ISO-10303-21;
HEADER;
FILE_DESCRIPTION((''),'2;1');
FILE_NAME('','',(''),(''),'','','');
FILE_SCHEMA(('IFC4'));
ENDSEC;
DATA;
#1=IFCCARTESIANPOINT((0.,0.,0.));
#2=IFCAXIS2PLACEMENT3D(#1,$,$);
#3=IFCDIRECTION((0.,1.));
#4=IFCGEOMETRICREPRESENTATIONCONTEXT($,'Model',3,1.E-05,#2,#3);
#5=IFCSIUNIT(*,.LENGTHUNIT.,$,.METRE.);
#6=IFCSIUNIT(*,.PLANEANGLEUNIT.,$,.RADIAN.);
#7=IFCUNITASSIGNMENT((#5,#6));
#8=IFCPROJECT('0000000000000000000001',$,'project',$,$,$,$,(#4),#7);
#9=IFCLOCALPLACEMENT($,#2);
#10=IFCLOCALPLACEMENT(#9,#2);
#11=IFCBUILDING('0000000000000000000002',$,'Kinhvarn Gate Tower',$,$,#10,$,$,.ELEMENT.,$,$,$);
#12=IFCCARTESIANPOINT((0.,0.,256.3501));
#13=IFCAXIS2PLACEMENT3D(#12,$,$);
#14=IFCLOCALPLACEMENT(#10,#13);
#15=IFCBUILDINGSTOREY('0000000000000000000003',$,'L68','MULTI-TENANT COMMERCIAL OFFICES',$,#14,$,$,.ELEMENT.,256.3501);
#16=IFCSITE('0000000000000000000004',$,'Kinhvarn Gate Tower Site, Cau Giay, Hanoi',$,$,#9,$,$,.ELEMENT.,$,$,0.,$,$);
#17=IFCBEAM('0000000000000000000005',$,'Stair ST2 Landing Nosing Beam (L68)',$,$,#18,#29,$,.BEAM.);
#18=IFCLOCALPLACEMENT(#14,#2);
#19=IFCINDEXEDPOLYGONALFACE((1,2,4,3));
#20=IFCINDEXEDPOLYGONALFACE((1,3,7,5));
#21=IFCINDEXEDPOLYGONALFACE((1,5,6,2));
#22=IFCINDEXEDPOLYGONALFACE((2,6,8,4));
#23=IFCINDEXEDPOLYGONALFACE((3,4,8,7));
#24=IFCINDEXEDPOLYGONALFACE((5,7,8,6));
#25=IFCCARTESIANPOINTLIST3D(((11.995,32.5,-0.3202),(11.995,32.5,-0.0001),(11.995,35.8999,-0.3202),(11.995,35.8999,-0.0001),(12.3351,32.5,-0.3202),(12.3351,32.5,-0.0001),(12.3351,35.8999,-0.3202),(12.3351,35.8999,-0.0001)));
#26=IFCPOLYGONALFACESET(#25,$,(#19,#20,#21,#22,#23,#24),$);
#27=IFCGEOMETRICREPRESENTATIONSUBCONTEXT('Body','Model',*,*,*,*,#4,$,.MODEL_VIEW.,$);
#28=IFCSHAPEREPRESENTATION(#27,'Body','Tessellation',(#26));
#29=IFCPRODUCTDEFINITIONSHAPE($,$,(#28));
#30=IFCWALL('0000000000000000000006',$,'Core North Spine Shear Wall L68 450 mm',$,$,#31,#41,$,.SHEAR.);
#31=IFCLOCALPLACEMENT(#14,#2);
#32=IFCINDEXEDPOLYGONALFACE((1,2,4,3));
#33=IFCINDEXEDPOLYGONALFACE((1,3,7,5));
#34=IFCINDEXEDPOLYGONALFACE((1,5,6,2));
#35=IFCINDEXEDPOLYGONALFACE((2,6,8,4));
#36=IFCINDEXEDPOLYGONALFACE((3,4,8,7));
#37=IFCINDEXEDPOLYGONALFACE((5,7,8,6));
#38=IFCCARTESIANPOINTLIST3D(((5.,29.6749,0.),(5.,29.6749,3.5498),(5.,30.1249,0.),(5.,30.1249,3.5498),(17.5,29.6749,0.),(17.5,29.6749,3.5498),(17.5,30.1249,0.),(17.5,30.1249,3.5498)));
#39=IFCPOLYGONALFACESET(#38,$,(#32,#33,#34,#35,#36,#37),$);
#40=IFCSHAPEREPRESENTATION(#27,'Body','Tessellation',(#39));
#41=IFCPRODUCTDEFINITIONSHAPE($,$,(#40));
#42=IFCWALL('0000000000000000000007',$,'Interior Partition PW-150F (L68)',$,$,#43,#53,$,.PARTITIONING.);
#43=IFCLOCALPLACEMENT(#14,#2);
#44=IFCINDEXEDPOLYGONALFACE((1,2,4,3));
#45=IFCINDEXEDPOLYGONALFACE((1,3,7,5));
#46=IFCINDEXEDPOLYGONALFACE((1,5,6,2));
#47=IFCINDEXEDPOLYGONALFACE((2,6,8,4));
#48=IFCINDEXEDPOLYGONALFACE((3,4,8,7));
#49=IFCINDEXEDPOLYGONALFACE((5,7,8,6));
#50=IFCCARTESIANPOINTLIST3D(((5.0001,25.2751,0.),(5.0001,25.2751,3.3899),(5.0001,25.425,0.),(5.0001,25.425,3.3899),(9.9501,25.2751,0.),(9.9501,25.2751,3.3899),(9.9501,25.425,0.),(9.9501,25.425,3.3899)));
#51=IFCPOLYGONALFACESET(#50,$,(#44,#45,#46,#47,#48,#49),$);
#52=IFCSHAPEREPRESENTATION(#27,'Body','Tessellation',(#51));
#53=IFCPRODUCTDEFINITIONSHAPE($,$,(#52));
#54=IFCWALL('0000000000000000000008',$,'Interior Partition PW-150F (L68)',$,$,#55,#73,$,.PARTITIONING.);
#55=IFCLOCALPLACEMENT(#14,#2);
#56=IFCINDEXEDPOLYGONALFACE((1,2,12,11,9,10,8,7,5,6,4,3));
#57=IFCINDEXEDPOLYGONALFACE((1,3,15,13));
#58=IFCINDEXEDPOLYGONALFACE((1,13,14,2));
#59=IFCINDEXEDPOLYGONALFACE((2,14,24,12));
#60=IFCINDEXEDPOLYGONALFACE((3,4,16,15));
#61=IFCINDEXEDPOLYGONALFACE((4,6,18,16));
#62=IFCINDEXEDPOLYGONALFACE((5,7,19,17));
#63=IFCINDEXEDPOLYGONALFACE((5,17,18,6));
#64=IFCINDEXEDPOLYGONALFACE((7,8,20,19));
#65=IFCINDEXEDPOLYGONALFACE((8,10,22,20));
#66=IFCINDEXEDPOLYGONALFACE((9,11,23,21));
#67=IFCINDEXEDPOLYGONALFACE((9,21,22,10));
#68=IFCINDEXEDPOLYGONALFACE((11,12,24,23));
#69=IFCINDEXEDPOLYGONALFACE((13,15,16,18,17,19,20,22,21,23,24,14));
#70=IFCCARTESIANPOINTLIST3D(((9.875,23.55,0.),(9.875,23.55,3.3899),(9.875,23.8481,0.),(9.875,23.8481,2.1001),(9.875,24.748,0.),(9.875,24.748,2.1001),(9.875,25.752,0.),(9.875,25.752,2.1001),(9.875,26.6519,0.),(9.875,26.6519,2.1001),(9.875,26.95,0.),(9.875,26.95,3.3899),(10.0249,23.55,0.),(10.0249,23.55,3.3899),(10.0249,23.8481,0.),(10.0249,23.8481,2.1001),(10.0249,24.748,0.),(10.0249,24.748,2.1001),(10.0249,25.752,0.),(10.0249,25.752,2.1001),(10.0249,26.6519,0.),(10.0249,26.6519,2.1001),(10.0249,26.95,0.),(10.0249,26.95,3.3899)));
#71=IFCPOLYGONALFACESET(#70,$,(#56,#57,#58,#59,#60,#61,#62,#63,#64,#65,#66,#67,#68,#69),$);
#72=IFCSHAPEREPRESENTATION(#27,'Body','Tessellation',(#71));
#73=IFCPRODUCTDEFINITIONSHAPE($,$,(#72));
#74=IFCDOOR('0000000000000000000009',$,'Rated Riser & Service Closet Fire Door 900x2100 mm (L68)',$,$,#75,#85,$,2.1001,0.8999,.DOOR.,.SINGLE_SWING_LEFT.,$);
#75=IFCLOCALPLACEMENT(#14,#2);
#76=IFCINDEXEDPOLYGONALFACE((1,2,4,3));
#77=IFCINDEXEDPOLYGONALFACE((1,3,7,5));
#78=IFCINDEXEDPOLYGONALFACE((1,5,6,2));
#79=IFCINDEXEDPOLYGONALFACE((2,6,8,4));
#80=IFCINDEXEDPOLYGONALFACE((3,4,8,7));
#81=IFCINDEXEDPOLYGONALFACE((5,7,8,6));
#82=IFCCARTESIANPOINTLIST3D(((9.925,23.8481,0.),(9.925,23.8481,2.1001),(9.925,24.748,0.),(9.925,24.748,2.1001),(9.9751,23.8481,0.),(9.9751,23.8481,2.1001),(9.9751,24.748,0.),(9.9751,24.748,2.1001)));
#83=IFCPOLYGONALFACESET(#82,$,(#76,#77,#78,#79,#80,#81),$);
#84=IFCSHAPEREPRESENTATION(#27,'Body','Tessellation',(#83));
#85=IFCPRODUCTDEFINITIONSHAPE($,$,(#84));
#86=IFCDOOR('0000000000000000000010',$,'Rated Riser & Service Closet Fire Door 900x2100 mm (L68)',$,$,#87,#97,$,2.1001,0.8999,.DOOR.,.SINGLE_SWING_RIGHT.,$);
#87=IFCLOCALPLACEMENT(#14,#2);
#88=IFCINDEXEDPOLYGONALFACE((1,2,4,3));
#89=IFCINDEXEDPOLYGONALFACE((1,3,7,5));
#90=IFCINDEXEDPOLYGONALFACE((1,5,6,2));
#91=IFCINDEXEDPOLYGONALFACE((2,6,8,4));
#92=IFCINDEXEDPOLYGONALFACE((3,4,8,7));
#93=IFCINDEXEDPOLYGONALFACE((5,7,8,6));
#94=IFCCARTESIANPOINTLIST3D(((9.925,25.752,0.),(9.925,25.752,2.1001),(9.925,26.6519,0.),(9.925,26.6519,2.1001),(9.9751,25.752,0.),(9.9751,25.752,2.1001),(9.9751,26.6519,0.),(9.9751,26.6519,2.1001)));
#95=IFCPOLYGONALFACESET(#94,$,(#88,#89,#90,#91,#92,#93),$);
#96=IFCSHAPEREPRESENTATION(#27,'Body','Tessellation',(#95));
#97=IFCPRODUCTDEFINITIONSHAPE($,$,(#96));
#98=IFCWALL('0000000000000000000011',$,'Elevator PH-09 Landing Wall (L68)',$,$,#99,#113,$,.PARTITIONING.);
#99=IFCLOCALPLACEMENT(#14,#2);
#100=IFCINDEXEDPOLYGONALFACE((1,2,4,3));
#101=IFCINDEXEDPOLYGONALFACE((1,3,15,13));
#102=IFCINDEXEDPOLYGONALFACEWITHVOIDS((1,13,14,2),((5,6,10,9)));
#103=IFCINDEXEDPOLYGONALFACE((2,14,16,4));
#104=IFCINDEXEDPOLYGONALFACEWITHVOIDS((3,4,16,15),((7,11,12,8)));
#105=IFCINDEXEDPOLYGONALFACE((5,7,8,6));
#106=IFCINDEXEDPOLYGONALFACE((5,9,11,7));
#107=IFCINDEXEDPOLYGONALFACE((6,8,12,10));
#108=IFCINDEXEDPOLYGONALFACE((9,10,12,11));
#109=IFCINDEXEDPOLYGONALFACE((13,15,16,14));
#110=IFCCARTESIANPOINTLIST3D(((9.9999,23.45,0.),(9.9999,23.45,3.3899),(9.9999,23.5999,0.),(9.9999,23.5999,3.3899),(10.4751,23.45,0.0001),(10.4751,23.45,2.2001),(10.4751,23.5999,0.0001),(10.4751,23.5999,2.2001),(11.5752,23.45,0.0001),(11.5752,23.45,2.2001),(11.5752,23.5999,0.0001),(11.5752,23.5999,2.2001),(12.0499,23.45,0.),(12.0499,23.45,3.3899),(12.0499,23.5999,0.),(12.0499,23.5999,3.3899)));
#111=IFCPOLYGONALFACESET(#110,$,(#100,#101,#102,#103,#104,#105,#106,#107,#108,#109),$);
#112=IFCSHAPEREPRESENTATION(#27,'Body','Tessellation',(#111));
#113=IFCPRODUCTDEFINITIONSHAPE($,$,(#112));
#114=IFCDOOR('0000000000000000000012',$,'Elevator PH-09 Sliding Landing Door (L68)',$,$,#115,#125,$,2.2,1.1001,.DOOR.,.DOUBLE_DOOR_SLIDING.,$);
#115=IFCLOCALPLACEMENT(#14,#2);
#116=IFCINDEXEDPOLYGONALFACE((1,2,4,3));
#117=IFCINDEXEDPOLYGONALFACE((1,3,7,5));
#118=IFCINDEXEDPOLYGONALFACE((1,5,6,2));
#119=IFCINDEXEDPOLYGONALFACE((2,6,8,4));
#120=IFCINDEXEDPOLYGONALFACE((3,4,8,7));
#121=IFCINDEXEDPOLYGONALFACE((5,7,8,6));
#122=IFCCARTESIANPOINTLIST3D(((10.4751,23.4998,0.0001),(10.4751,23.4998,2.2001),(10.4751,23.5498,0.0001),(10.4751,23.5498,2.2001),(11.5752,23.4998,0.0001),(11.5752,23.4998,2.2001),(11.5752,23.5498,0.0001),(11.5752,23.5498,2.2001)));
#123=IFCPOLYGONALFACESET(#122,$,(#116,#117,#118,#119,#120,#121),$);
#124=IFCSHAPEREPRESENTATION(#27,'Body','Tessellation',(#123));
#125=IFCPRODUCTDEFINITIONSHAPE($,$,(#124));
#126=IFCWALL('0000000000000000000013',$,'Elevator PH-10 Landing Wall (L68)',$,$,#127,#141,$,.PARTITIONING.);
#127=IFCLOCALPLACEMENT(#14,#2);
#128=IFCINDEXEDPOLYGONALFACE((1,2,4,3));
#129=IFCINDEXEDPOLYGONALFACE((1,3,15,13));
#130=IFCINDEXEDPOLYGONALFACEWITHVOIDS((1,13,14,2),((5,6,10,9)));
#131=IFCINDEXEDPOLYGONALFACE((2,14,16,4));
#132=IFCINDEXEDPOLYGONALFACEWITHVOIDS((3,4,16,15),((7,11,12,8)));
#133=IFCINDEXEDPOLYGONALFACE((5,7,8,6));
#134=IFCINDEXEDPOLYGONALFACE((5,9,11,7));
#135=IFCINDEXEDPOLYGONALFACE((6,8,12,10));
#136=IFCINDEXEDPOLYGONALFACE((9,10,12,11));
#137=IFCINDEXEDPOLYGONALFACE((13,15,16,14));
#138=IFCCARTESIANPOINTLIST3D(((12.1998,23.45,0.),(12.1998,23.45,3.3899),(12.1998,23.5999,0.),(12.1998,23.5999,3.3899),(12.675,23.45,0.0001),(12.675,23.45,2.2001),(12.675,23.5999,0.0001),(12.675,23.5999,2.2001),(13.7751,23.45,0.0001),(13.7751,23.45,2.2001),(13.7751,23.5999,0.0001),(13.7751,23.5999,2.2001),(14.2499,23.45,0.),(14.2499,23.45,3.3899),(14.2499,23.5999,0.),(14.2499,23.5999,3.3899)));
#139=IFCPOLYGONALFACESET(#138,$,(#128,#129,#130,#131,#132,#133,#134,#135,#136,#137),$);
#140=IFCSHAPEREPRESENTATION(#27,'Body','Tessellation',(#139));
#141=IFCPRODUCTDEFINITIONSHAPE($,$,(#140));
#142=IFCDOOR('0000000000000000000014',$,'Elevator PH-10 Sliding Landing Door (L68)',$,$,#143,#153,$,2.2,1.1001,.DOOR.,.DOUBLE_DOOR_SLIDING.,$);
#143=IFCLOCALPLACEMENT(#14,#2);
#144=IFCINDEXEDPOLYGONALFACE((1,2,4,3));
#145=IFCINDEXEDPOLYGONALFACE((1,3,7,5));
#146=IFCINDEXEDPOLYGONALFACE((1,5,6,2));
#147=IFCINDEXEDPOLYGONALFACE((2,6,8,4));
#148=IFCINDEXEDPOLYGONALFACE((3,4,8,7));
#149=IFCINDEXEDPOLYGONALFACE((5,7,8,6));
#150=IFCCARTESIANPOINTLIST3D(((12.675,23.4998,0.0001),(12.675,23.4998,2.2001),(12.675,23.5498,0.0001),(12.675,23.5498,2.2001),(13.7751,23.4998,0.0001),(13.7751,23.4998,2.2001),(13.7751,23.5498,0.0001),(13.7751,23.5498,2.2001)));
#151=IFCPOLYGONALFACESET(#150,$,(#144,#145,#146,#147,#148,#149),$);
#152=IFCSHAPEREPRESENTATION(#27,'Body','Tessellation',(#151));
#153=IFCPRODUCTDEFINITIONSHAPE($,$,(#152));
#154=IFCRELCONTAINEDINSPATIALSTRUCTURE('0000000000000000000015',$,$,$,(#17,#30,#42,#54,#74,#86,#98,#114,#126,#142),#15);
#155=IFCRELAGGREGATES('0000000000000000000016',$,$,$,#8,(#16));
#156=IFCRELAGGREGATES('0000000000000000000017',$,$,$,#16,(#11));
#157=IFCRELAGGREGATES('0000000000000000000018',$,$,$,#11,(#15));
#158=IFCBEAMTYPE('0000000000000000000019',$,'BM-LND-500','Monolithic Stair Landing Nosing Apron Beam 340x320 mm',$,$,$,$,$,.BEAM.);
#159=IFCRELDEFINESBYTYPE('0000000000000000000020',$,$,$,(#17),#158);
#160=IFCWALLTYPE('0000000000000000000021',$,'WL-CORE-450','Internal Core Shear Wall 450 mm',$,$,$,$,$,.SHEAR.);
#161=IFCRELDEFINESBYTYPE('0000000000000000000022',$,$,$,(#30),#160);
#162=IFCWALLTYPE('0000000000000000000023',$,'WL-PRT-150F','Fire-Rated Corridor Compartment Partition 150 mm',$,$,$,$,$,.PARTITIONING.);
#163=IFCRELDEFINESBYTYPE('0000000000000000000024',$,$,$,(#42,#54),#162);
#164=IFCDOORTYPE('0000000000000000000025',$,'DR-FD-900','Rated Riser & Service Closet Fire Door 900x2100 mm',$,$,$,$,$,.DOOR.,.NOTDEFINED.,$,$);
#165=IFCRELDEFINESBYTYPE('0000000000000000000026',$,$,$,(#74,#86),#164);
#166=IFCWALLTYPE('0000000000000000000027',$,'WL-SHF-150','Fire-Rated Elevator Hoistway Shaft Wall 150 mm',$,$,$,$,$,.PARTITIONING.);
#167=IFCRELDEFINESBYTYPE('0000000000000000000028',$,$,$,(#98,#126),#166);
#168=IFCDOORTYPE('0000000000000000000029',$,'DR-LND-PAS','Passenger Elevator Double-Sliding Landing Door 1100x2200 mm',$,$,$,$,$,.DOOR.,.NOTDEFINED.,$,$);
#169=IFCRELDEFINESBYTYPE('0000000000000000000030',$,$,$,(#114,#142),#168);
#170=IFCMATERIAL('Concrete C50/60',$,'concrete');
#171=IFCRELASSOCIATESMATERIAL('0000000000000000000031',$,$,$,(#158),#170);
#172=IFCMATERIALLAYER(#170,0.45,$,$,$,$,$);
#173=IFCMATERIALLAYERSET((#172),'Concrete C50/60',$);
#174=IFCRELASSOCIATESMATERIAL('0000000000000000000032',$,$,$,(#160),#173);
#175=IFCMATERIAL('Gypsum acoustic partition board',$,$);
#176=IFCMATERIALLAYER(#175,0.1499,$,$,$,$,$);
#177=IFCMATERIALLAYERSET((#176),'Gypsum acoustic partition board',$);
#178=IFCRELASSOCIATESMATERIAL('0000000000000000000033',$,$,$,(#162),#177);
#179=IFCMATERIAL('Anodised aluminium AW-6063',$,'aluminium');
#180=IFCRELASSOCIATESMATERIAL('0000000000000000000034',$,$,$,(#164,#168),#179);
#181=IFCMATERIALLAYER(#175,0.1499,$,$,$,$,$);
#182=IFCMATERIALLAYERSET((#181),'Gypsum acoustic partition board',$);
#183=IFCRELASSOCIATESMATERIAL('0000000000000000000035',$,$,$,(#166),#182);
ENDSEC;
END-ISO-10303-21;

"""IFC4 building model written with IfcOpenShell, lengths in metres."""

from ifc_helpers import new_model, si_unit, direction, frame, frame_2d, origin, origin_2d, place, context, subcontext, project, spatial, rectangle, extrude, material, layer, layer_set, material_profile, profile_set, type_object, element, fill, save


model = new_model("IFC4")

# Units and contexts
model_context = context("Model", 3, precision=1e-05, world=origin(), true_north=direction((0.0, 1.0)))
body_context = subcontext(model_context, "Body", "Model", "MODEL_VIEW")
ifc_project = project(units=[si_unit("LENGTHUNIT", "METRE"), si_unit("PLANEANGLEUNIT", "RADIAN")], contexts=[model_context])

# Site, building, storey
site_placement = place(None, origin())
site = spatial("IfcSite", under=ifc_project, at=site_placement, Name="Kinhvarn Gate Tower Site, Cau Giay, Hanoi", CompositionType="ELEMENT", RefElevation=0.0)
building_placement = place(site_placement, origin())
building = spatial("IfcBuilding", under=site, at=building_placement, Name="Kinhvarn Gate Tower", CompositionType="ELEMENT")
storey_placement = place(building_placement, frame((0.0, 0.0, 256.3501)))
storey = spatial("IfcBuildingStorey", under=building, at=storey_placement, Name="L68", Description="MULTI-TENANT COMMERCIAL OFFICES", CompositionType="ELEMENT", Elevation=256.3501)

# Beam
ifc_material_1 = material(Name="Concrete C50/60", Category="concrete")
ifc_material_profile = material_profile(ifc_material_1, rectangle(XDim=0.3401, YDim=0.3201, at=origin_2d()), Name="RC 340x320")
ifc_profile_set = profile_set([ifc_material_profile], Name="Concrete C50/60")
beam_type = type_object("IfcBeamType", Name="BM-LND-500", Description="Monolithic Stair Landing Nosing Apron Beam 340x320 mm", PredefinedType="BEAM", material=ifc_profile_set)
beam_placement = place(storey_placement, frame((12.165, 32.5, -0.1602), z_axis=(0.0, 1.0, 0.0), x_axis=(-1.0, 0.0, 0.0)))
element("IfcBeam", 1, at=beam_placement, inside=storey, type_object=beam_type, Name="Stair ST2 Landing Nosing Beam (L68)", PredefinedType="BEAM", context=body_context, shape_type="SweptSolid", body=[
    extrude(rectangle(XDim=0.3401, YDim=0.3201, at=origin_2d()), origin(), (0.0, 0.0, 1.0), 3.3999),
])

# Walls
ifc_layer_1 = layer(ifc_material_1, 0.45)
ifc_layer_set_1 = layer_set([ifc_layer_1], Name="Concrete C50/60")
wall_type_1 = type_object("IfcWallType", Name="WL-CORE-450", Description="Internal Core Shear Wall 450 mm", PredefinedType="SHEAR", material=ifc_layer_set_1)
wall_1_placement = place(storey_placement, frame((5.0, 29.8999, 0.0), z_axis=(0.0, 0.0, 1.0), x_axis=(1.0, 0.0, 0.0)))
element("IfcWall", 2, at=wall_1_placement, inside=storey, type_object=wall_type_1, Name="Core North Spine Shear Wall L68 450 mm", PredefinedType="SHEAR", context=body_context, shape_type="SweptSolid", body=[
    extrude(rectangle(XDim=12.5, YDim=0.45, at=frame_2d((6.25, 0.0))), origin(), (0.0, 0.0, 1.0), 3.5498),
])
ifc_material_2 = material(Name="Gypsum acoustic partition board")
ifc_layer_2 = layer(ifc_material_2, 0.1499)
ifc_layer_set_2 = layer_set([ifc_layer_2], Name="Gypsum acoustic partition board")
wall_type_2 = type_object("IfcWallType", Name="WL-PRT-150F", Description="Fire-Rated Corridor Compartment Partition 150 mm", PredefinedType="PARTITIONING", material=ifc_layer_set_2)
wall_2_placement = place(storey_placement, frame((5.0, 25.3501, 0.0), z_axis=(0.0, 0.0, 1.0), x_axis=(1.0, 0.0, 0.0)))
element("IfcWall", 3, at=wall_2_placement, inside=storey, type_object=wall_type_2, Name="Interior Partition PW-150F (L68)", PredefinedType="PARTITIONING", context=body_context, shape_type="SweptSolid", body=[
    extrude(rectangle(XDim=4.95, YDim=0.1499, at=frame_2d((2.4751, 0.0))), origin(), (0.0, 0.0, 1.0), 3.3899),
])

# Wall, openings, doors
wall_3_placement = place(storey_placement, frame((9.95, 23.55, 0.0), z_axis=(0.0, 0.0, 1.0), x_axis=(0.0, 1.0, 0.0)))
wall_3 = element("IfcWall", 4, at=wall_3_placement, inside=storey, type_object=wall_type_2, Name="Interior Partition PW-150F (L68)", PredefinedType="PARTITIONING", context=body_context, shape_type="SweptSolid", body=[
    extrude(rectangle(XDim=3.3999, YDim=0.1499, at=frame_2d((1.7, 0.0))), origin(), (0.0, 0.0, 1.0), 3.3899),
])
opening_1_placement = place(wall_3_placement, frame((0.2981, 0.0, 0.0)))
opening_1 = element("IfcOpeningElement", 5, at=opening_1_placement, cuts=wall_3, PredefinedType="OPENING", context=body_context, shape_type="SweptSolid", body=[
    extrude(rectangle(XDim=0.8999, YDim=2.1001, at=frame_2d((0.45, 1.05))), frame((0.0, 0.085, 0.0), z_axis=(0.0, -1.0, 0.0), x_axis=(1.0, 0.0, 0.0)), (0.0, 0.0, 1.0), 0.1699),
])
opening_2_placement = place(wall_3_placement, frame((2.2019, 0.0, 0.0)))
opening_2 = element("IfcOpeningElement", 6, at=opening_2_placement, cuts=wall_3, PredefinedType="OPENING", context=body_context, shape_type="SweptSolid", body=[
    extrude(rectangle(XDim=0.8999, YDim=2.1001, at=frame_2d((0.45, 1.05))), frame((0.0, 0.085, 0.0), z_axis=(0.0, -1.0, 0.0), x_axis=(1.0, 0.0, 0.0)), (0.0, 0.0, 1.0), 0.1699),
])
ifc_material_3 = material(Name="Anodised aluminium AW-6063", Category="aluminium")
door_type_1 = type_object("IfcDoorType", Name="DR-FD-900", Description="Rated Riser & Service Closet Fire Door 900x2100 mm", OperationType="NOTDEFINED", PredefinedType="DOOR", material=ifc_material_3)
door_1_placement = place(opening_1_placement, origin())
door_1 = element("IfcDoor", 7, at=door_1_placement, inside=storey, type_object=door_type_1, Name="Rated Riser & Service Closet Fire Door 900x2100 mm (L68)", OperationType="SINGLE_SWING_LEFT", OverallHeight=2.1001, OverallWidth=0.8999, PredefinedType="DOOR", context=body_context, shape_type="SweptSolid", body=[
    extrude(rectangle(XDim=0.8999, YDim=2.1001, at=frame_2d((0.45, 1.05))), frame((0.0, 0.0249, 0.0), z_axis=(0.0, -1.0, 0.0), x_axis=(1.0, 0.0, 0.0)), (0.0, 0.0, 1.0), 0.05),
])
fill(opening_1, door_1)
door_2_placement = place(opening_2_placement, origin())
door_2 = element("IfcDoor", 8, at=door_2_placement, inside=storey, type_object=door_type_1, Name="Rated Riser & Service Closet Fire Door 900x2100 mm (L68)", OperationType="SINGLE_SWING_RIGHT", OverallHeight=2.1001, OverallWidth=0.8999, PredefinedType="DOOR", context=body_context, shape_type="SweptSolid", body=[
    extrude(rectangle(XDim=0.8999, YDim=2.1001, at=frame_2d((0.45, 1.05))), frame((0.0, 0.0249, 0.0), z_axis=(0.0, -1.0, 0.0), x_axis=(1.0, 0.0, 0.0)), (0.0, 0.0, 1.0), 0.05),
])
fill(opening_2, door_2)

# Walls, openings, doors
ifc_layer_3 = layer(ifc_material_2, 0.1499)
ifc_layer_set_3 = layer_set([ifc_layer_3], Name="Gypsum acoustic partition board")
wall_type_3 = type_object("IfcWallType", Name="WL-SHF-150", Description="Fire-Rated Elevator Hoistway Shaft Wall 150 mm", PredefinedType="PARTITIONING", material=ifc_layer_set_3)
wall_4_placement = place(storey_placement, frame((10.0, 23.5249, 0.0), z_axis=(0.0, 0.0, 1.0), x_axis=(1.0, 0.0, 0.0)))
wall_4 = element("IfcWall", 9, at=wall_4_placement, inside=storey, type_object=wall_type_3, Name="Elevator PH-09 Landing Wall (L68)", PredefinedType="PARTITIONING", context=body_context, shape_type="SweptSolid", body=[
    extrude(rectangle(XDim=2.05, YDim=0.1499, at=frame_2d((1.0249, 0.0))), origin(), (0.0, 0.0, 1.0), 3.3899),
])
opening_3_placement = place(wall_4_placement, frame((0.4751, 0.0, 0.0)))
opening_3 = element("IfcOpeningElement", 10, at=opening_3_placement, cuts=wall_4, PredefinedType="OPENING", context=body_context, shape_type="SweptSolid", body=[
    extrude(rectangle(XDim=1.1001, YDim=2.2, at=frame_2d((0.55, 1.1001))), frame((0.0, 0.085, 0.0), z_axis=(0.0, -1.0, 0.0), x_axis=(1.0, 0.0, 0.0)), (0.0, 0.0, 1.0), 0.1699),
])
door_type_2 = type_object("IfcDoorType", Name="DR-LND-PAS", Description="Passenger Elevator Double-Sliding Landing Door 1100x2200 mm", OperationType="NOTDEFINED", PredefinedType="DOOR", material=ifc_material_3)
door_3_placement = place(opening_3_placement, origin())
door_3 = element("IfcDoor", 11, at=door_3_placement, inside=storey, type_object=door_type_2, Name="Elevator PH-09 Sliding Landing Door (L68)", OperationType="DOUBLE_DOOR_SLIDING", OverallHeight=2.2, OverallWidth=1.1001, PredefinedType="DOOR", context=body_context, shape_type="SweptSolid", body=[
    extrude(rectangle(XDim=1.1001, YDim=2.2, at=frame_2d((0.55, 1.1001))), frame((0.0, 0.0249, 0.0), z_axis=(0.0, -1.0, 0.0), x_axis=(1.0, 0.0, 0.0)), (0.0, 0.0, 1.0), 0.05),
])
fill(opening_3, door_3)
wall_5_placement = place(storey_placement, frame((12.2, 23.5249, 0.0), z_axis=(0.0, 0.0, 1.0), x_axis=(1.0, 0.0, 0.0)))
wall_5 = element("IfcWall", 12, at=wall_5_placement, inside=storey, type_object=wall_type_3, Name="Elevator PH-10 Landing Wall (L68)", PredefinedType="PARTITIONING", context=body_context, shape_type="SweptSolid", body=[
    extrude(rectangle(XDim=2.05, YDim=0.1499, at=frame_2d((1.0249, 0.0))), origin(), (0.0, 0.0, 1.0), 3.3899),
])
opening_4_placement = place(wall_5_placement, frame((0.4751, 0.0, 0.0)))
opening_4 = element("IfcOpeningElement", 13, at=opening_4_placement, cuts=wall_5, PredefinedType="OPENING", context=body_context, shape_type="SweptSolid", body=[
    extrude(rectangle(XDim=1.1001, YDim=2.2, at=frame_2d((0.55, 1.1001))), frame((0.0, 0.085, 0.0), z_axis=(0.0, -1.0, 0.0), x_axis=(1.0, 0.0, 0.0)), (0.0, 0.0, 1.0), 0.1699),
])
door_4_placement = place(opening_4_placement, origin())
door_4 = element("IfcDoor", 14, at=door_4_placement, inside=storey, type_object=door_type_2, Name="Elevator PH-10 Sliding Landing Door (L68)", OperationType="DOUBLE_DOOR_SLIDING", OverallHeight=2.2, OverallWidth=1.1001, PredefinedType="DOOR", context=body_context, shape_type="SweptSolid", body=[
    extrude(rectangle(XDim=1.1001, YDim=2.2, at=frame_2d((0.55, 1.1001))), frame((0.0, 0.0249, 0.0), z_axis=(0.0, -1.0, 0.0), x_axis=(1.0, 0.0, 0.0)), (0.0, 0.0, 1.0), 0.05),
])
fill(opening_4, door_4)

save(model, "model.ifc")
